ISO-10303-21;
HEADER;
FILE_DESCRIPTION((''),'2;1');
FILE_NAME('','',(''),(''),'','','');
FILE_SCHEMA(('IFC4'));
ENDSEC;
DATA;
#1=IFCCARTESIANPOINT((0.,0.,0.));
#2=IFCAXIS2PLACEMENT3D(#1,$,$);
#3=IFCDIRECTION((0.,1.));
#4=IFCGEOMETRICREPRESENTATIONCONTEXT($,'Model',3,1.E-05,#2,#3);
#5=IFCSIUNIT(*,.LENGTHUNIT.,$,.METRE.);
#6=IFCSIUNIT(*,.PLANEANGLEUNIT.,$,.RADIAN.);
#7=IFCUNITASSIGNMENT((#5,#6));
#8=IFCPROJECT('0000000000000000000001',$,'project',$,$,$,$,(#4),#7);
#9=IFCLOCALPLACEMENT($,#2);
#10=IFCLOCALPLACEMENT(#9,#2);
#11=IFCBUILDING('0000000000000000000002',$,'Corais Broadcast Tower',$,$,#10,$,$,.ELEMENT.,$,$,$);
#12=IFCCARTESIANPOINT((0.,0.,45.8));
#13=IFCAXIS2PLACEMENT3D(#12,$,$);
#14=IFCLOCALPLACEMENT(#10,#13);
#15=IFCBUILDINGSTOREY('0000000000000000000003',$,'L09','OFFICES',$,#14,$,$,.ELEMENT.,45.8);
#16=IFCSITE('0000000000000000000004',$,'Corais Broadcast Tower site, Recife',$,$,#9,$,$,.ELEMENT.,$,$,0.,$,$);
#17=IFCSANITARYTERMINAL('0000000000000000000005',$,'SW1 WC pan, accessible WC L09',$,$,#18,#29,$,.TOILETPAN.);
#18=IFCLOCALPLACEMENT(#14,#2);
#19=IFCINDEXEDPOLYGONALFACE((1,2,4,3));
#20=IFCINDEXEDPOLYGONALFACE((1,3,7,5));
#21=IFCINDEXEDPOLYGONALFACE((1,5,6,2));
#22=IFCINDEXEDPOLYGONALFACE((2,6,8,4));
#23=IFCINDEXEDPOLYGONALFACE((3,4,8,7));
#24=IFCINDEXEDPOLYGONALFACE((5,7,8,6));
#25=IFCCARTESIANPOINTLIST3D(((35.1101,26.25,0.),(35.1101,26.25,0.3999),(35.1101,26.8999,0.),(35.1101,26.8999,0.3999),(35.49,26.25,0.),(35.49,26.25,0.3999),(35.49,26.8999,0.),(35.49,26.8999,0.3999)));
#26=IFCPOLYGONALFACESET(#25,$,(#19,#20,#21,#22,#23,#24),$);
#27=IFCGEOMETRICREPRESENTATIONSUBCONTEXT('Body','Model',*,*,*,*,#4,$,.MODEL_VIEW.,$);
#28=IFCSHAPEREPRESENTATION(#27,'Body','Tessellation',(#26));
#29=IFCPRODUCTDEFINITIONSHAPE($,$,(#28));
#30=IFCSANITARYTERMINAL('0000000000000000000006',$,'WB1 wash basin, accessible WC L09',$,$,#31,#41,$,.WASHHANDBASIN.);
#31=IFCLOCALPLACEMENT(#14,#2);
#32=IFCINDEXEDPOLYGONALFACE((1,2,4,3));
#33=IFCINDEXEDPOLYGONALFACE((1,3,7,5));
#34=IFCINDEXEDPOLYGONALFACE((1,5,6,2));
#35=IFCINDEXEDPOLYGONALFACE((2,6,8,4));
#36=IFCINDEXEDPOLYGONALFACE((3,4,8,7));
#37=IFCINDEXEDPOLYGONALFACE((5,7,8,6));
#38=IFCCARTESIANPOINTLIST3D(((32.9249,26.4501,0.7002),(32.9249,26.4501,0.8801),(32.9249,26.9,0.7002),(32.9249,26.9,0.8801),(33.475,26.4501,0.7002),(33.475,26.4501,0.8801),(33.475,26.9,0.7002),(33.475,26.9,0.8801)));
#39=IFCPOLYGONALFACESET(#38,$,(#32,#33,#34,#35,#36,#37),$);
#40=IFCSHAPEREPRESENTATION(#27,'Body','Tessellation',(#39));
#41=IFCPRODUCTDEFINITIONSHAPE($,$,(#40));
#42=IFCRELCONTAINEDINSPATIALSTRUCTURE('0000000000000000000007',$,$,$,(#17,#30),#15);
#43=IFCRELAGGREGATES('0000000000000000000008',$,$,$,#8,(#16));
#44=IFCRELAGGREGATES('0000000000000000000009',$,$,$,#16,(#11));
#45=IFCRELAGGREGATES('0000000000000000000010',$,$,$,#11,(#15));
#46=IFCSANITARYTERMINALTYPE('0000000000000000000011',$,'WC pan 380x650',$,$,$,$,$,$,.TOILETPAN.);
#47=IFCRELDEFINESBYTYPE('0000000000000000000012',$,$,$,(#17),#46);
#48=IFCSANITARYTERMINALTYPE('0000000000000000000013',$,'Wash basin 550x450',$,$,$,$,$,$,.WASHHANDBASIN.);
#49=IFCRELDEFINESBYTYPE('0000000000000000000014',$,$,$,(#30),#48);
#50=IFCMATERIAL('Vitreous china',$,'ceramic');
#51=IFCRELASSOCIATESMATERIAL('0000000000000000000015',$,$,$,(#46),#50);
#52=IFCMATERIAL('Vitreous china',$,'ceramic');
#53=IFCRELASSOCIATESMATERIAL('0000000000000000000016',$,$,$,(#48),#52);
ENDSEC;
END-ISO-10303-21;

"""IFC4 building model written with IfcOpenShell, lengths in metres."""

from ifc_helpers import new_model, si_unit, direction, frame, origin, origin_2d, place, context, subcontext, project, spatial, rectangle, extrude, material, type_object, element, save


model = new_model("IFC4")

# Units and contexts
model_context = context("Model", 3, precision=1e-05, world=origin(), true_north=direction((0.0, 1.0)))
body_context = subcontext(model_context, "Body", "Model", "MODEL_VIEW")
ifc_project = project(units=[si_unit("LENGTHUNIT", "METRE"), si_unit("PLANEANGLEUNIT", "RADIAN")], contexts=[model_context])

# Site, building, storey
site_placement = place(None, origin())
site = spatial("IfcSite", under=ifc_project, at=site_placement, Name="Corais Broadcast Tower site, Recife", CompositionType="ELEMENT", RefElevation=0.0)
building_placement = place(site_placement, origin())
building = spatial("IfcBuilding", under=site, at=building_placement, Name="Corais Broadcast Tower", CompositionType="ELEMENT")
storey_placement = place(building_placement, frame((0.0, 0.0, 45.8)))
storey = spatial("IfcBuildingStorey", under=building, at=storey_placement, Name="L09", Description="OFFICES", CompositionType="ELEMENT", Elevation=45.8)

# Sanitary terminals
ifc_material_1 = material(Name="Vitreous china", Category="ceramic")
sanitary_terminal_type_1 = type_object("IfcSanitaryTerminalType", Name="WC pan 380x650", PredefinedType="TOILETPAN", material=ifc_material_1)
for number, where, z_axis, x_axis, name in (
    (1, (35.3, 26.575, 0.0), (0.0, 0.0, 1.0), (1.0, 0.0, 0.0), "SW1 WC pan, accessible WC L09"),
):
    element("IfcSanitaryTerminal", number, at=place(storey_placement, frame(where, z_axis=z_axis, x_axis=x_axis)), inside=storey, type_object=sanitary_terminal_type_1, Name=name, PredefinedType="TOILETPAN", context=body_context, shape_type="SweptSolid", body=[
        extrude(rectangle(XDim=0.3799, YDim=0.6499, at=origin_2d()), origin(), (0.0, 0.0, 1.0), 0.3999),
    ])
ifc_material_2 = material(Name="Vitreous china", Category="ceramic")
sanitary_terminal_type_2 = type_object("IfcSanitaryTerminalType", Name="Wash basin 550x450", PredefinedType="WASHHANDBASIN", material=ifc_material_2)
sanitary_terminal_placement = place(storey_placement, frame((33.2, 26.675, 0.7002), z_axis=(0.0, 0.0, 1.0), x_axis=(1.0, 0.0, 0.0)))
element("IfcSanitaryTerminal", 2, at=sanitary_terminal_placement, inside=storey, type_object=sanitary_terminal_type_2, Name="WB1 wash basin, accessible WC L09", PredefinedType="WASHHANDBASIN", context=body_context, shape_type="SweptSolid", body=[
    extrude(rectangle(XDim=0.55, YDim=0.45, at=origin_2d()), origin(), (0.0, 0.0, 1.0), 0.1799),
])

save(model, "model.ifc")
